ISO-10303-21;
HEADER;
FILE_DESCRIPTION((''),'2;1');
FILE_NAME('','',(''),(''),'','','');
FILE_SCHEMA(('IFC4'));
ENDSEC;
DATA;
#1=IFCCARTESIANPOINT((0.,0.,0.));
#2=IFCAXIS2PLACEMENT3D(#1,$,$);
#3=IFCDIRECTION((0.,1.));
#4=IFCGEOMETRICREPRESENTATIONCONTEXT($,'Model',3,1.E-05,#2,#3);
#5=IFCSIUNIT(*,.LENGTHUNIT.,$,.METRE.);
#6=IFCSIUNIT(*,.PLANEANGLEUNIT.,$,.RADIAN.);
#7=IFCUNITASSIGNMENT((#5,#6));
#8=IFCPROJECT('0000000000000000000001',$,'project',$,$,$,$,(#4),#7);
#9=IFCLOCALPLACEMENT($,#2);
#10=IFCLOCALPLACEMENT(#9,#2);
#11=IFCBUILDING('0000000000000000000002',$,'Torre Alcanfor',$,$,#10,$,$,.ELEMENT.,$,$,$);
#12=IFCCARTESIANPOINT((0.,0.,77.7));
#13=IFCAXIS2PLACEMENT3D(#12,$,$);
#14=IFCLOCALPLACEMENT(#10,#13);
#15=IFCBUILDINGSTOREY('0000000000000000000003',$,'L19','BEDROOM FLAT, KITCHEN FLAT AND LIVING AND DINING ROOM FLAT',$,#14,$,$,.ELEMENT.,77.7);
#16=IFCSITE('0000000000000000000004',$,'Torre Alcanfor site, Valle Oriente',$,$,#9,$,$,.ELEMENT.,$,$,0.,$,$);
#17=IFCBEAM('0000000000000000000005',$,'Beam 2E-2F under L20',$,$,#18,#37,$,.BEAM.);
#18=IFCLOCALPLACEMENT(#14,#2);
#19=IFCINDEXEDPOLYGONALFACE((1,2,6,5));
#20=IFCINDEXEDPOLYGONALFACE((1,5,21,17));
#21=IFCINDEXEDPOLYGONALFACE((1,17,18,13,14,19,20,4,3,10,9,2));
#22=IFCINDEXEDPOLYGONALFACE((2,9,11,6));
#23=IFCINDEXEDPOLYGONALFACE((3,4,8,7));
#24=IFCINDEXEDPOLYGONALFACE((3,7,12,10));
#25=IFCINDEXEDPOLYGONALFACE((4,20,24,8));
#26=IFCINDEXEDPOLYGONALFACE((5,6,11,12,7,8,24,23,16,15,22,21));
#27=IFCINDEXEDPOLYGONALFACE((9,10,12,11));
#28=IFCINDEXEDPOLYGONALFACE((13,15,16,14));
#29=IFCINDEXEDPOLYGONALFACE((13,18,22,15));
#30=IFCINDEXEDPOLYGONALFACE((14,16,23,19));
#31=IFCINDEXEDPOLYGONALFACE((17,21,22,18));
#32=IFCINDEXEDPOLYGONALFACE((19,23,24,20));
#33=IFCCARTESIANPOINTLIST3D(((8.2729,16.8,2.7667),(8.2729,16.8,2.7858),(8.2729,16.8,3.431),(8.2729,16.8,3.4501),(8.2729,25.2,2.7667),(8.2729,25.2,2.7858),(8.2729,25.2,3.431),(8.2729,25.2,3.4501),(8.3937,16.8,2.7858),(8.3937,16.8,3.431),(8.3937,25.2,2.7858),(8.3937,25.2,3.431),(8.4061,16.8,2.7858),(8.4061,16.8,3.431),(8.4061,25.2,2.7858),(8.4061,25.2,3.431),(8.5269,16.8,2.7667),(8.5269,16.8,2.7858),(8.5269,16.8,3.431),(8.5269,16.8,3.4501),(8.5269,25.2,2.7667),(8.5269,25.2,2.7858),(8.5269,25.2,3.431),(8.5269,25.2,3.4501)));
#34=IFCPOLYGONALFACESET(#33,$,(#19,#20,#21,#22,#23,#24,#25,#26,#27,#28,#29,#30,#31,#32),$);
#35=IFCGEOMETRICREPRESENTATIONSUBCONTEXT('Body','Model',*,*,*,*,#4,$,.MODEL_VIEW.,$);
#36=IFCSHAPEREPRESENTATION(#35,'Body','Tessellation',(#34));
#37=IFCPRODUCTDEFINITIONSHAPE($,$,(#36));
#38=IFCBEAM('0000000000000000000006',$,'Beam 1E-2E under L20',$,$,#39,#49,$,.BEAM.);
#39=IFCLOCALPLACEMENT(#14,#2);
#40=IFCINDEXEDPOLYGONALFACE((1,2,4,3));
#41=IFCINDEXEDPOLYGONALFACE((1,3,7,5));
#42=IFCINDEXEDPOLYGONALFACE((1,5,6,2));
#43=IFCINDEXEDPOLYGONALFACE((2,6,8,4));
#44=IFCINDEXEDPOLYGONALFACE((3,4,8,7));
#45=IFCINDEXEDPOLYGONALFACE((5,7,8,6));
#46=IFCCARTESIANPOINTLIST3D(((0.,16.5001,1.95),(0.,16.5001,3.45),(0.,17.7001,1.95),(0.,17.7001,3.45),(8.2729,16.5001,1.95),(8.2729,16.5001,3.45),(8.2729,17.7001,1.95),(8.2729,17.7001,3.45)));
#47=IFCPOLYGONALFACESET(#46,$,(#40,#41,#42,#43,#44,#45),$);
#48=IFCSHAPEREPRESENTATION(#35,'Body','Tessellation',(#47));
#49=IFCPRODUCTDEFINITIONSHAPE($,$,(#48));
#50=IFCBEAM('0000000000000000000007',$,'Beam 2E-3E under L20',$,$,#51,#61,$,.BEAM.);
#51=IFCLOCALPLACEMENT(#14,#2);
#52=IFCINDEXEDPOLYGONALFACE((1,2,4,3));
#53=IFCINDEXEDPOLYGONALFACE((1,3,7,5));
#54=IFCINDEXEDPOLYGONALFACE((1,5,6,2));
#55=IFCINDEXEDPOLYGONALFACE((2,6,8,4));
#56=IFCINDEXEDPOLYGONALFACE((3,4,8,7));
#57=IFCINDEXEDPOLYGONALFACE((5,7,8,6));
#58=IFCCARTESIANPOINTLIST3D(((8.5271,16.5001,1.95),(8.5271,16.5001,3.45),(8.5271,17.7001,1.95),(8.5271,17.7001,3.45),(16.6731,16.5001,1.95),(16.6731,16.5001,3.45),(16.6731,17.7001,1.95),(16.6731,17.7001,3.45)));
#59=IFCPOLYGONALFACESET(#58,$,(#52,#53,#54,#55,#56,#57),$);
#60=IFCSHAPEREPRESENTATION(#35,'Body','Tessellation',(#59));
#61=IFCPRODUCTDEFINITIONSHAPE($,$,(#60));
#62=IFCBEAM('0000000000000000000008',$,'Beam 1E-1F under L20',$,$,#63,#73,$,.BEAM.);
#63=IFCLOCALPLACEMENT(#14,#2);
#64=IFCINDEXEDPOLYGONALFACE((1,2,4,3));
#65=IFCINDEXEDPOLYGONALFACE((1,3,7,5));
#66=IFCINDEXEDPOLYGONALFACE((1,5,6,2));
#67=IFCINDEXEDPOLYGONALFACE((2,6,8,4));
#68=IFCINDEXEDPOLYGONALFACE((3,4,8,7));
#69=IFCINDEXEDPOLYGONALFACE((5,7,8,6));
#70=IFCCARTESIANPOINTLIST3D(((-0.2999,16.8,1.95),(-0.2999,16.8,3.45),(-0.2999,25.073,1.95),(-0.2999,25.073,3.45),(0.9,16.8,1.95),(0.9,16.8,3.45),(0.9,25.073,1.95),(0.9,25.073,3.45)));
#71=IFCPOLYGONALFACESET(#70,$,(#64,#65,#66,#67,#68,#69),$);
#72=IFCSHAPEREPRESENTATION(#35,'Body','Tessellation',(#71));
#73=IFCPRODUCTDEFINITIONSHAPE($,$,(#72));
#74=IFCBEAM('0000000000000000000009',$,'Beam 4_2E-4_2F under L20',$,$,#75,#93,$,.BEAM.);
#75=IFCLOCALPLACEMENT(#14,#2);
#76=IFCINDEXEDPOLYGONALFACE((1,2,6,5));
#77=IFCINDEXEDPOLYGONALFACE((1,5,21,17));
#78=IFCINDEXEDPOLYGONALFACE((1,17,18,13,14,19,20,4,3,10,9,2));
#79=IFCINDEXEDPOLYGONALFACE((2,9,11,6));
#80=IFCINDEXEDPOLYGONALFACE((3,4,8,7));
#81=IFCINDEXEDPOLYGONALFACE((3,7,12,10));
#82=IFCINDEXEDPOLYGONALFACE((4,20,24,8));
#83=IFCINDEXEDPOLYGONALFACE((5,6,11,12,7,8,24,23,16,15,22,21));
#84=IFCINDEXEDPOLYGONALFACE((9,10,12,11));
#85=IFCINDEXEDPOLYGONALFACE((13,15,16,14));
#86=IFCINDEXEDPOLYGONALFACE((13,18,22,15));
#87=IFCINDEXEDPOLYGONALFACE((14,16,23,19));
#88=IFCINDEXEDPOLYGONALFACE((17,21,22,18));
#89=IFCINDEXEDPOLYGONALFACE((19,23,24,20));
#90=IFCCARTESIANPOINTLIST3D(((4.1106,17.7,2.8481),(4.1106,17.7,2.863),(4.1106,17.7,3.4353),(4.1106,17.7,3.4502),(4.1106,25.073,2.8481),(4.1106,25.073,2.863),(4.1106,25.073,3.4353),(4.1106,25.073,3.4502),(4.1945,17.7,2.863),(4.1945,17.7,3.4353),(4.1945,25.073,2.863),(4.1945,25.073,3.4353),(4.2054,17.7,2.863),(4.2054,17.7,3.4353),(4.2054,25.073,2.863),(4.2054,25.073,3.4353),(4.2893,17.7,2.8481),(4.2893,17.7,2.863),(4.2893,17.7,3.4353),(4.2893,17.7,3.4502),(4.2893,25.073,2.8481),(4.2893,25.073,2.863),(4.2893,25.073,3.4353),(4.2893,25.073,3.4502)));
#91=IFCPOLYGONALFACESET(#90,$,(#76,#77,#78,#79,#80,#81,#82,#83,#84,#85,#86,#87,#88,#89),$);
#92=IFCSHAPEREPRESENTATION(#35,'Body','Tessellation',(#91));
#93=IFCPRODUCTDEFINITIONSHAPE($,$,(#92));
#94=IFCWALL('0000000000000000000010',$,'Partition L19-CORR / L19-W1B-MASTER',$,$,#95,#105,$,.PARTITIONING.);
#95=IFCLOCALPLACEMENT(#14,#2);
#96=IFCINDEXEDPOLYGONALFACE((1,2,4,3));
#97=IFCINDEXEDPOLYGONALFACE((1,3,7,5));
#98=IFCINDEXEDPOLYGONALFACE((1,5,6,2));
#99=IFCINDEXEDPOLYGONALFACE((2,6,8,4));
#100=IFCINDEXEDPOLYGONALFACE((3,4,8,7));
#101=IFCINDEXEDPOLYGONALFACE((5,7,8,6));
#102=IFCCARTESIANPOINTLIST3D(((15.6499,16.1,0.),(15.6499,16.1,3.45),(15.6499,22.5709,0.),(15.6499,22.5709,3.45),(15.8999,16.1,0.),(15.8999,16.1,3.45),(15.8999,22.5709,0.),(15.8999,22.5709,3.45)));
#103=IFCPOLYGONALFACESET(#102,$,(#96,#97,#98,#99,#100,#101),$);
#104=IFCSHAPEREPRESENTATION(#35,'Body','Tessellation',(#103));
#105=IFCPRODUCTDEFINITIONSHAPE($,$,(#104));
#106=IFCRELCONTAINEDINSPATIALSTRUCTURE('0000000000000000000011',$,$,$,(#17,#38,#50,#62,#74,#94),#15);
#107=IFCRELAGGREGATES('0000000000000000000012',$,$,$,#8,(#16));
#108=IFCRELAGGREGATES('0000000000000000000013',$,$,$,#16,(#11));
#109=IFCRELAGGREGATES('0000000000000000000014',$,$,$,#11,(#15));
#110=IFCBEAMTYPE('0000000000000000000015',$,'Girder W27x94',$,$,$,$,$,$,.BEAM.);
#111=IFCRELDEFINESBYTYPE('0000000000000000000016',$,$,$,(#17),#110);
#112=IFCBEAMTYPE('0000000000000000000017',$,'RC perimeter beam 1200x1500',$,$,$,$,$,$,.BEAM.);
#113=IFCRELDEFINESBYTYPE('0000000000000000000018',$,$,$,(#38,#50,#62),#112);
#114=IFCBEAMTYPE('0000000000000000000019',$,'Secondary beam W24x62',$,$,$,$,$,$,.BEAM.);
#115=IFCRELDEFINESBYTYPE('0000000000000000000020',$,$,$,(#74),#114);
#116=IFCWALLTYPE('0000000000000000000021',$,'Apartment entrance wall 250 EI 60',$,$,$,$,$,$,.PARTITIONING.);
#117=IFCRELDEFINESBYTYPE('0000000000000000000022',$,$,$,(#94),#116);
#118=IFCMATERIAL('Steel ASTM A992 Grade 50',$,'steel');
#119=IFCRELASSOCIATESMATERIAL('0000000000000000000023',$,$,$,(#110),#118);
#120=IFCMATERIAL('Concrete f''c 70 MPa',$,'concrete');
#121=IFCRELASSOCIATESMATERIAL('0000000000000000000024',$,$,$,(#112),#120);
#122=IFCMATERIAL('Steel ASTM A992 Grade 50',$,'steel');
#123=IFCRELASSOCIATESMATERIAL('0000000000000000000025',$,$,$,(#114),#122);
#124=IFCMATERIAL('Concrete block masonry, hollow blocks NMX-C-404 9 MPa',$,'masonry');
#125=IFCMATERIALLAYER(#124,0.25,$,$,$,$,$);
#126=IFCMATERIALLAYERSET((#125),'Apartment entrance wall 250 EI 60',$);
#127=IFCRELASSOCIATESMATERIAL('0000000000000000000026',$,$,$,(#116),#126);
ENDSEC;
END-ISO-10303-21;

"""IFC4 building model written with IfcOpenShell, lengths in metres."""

from ifc_helpers import new_model, si_unit, direction, frame, frame_2d, origin, origin_2d, place, context, subcontext, project, spatial, rectangle, i_section, extrude, material, layer, layer_set, material_profile, profile_set, type_object, element, save


model = new_model("IFC4")

# Units and contexts
model_context = context("Model", 3, precision=1e-05, world=origin(), true_north=direction((0.0, 1.0)))
body_context = subcontext(model_context, "Body", "Model", "MODEL_VIEW")
ifc_project = project(units=[si_unit("LENGTHUNIT", "METRE"), si_unit("PLANEANGLEUNIT", "RADIAN")], contexts=[model_context])

# Site, building, storey
site_placement = place(None, origin())
site = spatial("IfcSite", under=ifc_project, at=site_placement, Name="Torre Alcanfor site, Valle Oriente", CompositionType="ELEMENT", RefElevation=0.0)
building_placement = place(site_placement, origin())
building = spatial("IfcBuilding", under=site, at=building_placement, Name="Torre Alcanfor", CompositionType="ELEMENT")
storey_placement = place(building_placement, frame((0.0, 0.0, 77.7)))
storey = spatial("IfcBuildingStorey", under=building, at=storey_placement, Name="L19", Description="BEDROOM FLAT, KITCHEN FLAT AND LIVING AND DINING ROOM FLAT", CompositionType="ELEMENT", Elevation=77.7)

# Beams
ifc_material_1 = material(Name="Steel ASTM A992 Grade 50", Category="steel")
ifc_material_profile_1 = material_profile(ifc_material_1, i_section(OverallWidth=0.2539, OverallDepth=0.6833, WebThickness=0.0125, FlangeThickness=0.019, at=origin_2d()), Name="W27x94")
ifc_profile_set_1 = profile_set([ifc_material_profile_1], Name="Steel ASTM A992 Grade 50")
beam_type_1 = type_object("IfcBeamType", Name="Girder W27x94", PredefinedType="BEAM", material=ifc_profile_set_1)
beam_1_placement = place(storey_placement, frame((8.3999, 16.8, 3.1084), z_axis=(0.0, 1.0, 0.0), x_axis=(-1.0, 0.0, 0.0)))
element("IfcBeam", 1, at=beam_1_placement, inside=storey, type_object=beam_type_1, Name="Beam 2E-2F under L20", PredefinedType="BEAM", context=body_context, shape_type="SweptSolid", body=[
    extrude(i_section(OverallWidth=0.2539, OverallDepth=0.6833, WebThickness=0.0125, FlangeThickness=0.019, at=origin_2d()), origin(), (0.0, 0.0, 1.0), 8.3999),
])
ifc_material_2 = material(Name="Concrete f'c 70 MPa", Category="concrete")
ifc_material_profile_2 = material_profile(ifc_material_2, rectangle(XDim=1.2, YDim=1.5, at=origin_2d()), Name="1200x1500")
ifc_profile_set_2 = profile_set([ifc_material_profile_2], Name="Concrete f'c 70 MPa")
beam_type_2 = type_object("IfcBeamType", Name="RC perimeter beam 1200x1500", PredefinedType="BEAM", material=ifc_profile_set_2)
beam_2_placement = place(storey_placement, frame((0.0, 17.1001, 2.7), z_axis=(1.0, 0.0, 0.0), x_axis=(0.0, 1.0, 0.0)))
element("IfcBeam", 2, at=beam_2_placement, inside=storey, type_object=beam_type_2, Name="Beam 1E-2E under L20", PredefinedType="BEAM", context=body_context, shape_type="SweptSolid", body=[
    extrude(rectangle(XDim=1.2, YDim=1.5, at=origin_2d()), origin(), (0.0, 0.0, 1.0), 8.2729),
])
beam_3_placement = place(storey_placement, frame((8.5271, 17.1001, 2.7), z_axis=(1.0, 0.0, 0.0), x_axis=(0.0, 1.0, 0.0)))
element("IfcBeam", 3, at=beam_3_placement, inside=storey, type_object=beam_type_2, Name="Beam 2E-3E under L20", PredefinedType="BEAM", context=body_context, shape_type="SweptSolid", body=[
    extrude(rectangle(XDim=1.2, YDim=1.5, at=origin_2d()), origin(), (0.0, 0.0, 1.0), 8.146),
])
beam_4_placement = place(storey_placement, frame((0.3, 16.8, 2.7), z_axis=(0.0, 1.0, 0.0), x_axis=(-1.0, 0.0, 0.0)))
element("IfcBeam", 4, at=beam_4_placement, inside=storey, type_object=beam_type_2, Name="Beam 1E-1F under L20", PredefinedType="BEAM", context=body_context, shape_type="SweptSolid", body=[
    extrude(rectangle(XDim=1.2, YDim=1.5, at=origin_2d()), origin(), (0.0, 0.0, 1.0), 8.2729),
])
ifc_material_3 = material(Name="Steel ASTM A992 Grade 50", Category="steel")
ifc_material_profile_3 = material_profile(ifc_material_3, i_section(OverallWidth=0.1787, OverallDepth=0.6021, WebThickness=0.011, FlangeThickness=0.0149, at=origin_2d()), Name="W24x62")
ifc_profile_set_3 = profile_set([ifc_material_profile_3], Name="Steel ASTM A992 Grade 50")
beam_type_3 = type_object("IfcBeamType", Name="Secondary beam W24x62", PredefinedType="BEAM", material=ifc_profile_set_3)
beam_5_placement = place(storey_placement, frame((4.2, 17.7, 3.1492), z_axis=(0.0, 1.0, 0.0), x_axis=(-1.0, 0.0, 0.0)))
element("IfcBeam", 5, at=beam_5_placement, inside=storey, type_object=beam_type_3, Name="Beam 4_2E-4_2F under L20", PredefinedType="BEAM", context=body_context, shape_type="SweptSolid", body=[
    extrude(i_section(OverallWidth=0.1787, OverallDepth=0.6021, WebThickness=0.011, FlangeThickness=0.0149, at=origin_2d()), origin(), (0.0, 0.0, 1.0), 7.373),
])

# Wall
ifc_material_4 = material(Name="Concrete block masonry, hollow blocks NMX-C-404 9 MPa", Category="masonry")
ifc_layer_1 = layer(ifc_material_4, 0.25)
ifc_layer_set_1 = layer_set([ifc_layer_1], Name="Apartment entrance wall 250 EI 60")
wall_type_1 = type_object("IfcWallType", Name="Apartment entrance wall 250 EI 60", PredefinedType="PARTITIONING", material=ifc_layer_set_1)
wall_1_placement = place(storey_placement, frame((15.7749, 16.1001, 0.0), z_axis=(0.0, 0.0, 1.0), x_axis=(0.0, 1.0, 0.0)))
element("IfcWall", 6, at=wall_1_placement, inside=storey, type_object=wall_type_1, Name="Partition L19-CORR / L19-W1B-MASTER", PredefinedType="PARTITIONING", context=body_context, shape_type="SweptSolid", body=[
    extrude(rectangle(XDim=6.4709, YDim=0.25, at=frame_2d((3.2354, 0.0))), origin(), (0.0, 0.0, 1.0), 3.45),
])

save(model, "model.ifc")
